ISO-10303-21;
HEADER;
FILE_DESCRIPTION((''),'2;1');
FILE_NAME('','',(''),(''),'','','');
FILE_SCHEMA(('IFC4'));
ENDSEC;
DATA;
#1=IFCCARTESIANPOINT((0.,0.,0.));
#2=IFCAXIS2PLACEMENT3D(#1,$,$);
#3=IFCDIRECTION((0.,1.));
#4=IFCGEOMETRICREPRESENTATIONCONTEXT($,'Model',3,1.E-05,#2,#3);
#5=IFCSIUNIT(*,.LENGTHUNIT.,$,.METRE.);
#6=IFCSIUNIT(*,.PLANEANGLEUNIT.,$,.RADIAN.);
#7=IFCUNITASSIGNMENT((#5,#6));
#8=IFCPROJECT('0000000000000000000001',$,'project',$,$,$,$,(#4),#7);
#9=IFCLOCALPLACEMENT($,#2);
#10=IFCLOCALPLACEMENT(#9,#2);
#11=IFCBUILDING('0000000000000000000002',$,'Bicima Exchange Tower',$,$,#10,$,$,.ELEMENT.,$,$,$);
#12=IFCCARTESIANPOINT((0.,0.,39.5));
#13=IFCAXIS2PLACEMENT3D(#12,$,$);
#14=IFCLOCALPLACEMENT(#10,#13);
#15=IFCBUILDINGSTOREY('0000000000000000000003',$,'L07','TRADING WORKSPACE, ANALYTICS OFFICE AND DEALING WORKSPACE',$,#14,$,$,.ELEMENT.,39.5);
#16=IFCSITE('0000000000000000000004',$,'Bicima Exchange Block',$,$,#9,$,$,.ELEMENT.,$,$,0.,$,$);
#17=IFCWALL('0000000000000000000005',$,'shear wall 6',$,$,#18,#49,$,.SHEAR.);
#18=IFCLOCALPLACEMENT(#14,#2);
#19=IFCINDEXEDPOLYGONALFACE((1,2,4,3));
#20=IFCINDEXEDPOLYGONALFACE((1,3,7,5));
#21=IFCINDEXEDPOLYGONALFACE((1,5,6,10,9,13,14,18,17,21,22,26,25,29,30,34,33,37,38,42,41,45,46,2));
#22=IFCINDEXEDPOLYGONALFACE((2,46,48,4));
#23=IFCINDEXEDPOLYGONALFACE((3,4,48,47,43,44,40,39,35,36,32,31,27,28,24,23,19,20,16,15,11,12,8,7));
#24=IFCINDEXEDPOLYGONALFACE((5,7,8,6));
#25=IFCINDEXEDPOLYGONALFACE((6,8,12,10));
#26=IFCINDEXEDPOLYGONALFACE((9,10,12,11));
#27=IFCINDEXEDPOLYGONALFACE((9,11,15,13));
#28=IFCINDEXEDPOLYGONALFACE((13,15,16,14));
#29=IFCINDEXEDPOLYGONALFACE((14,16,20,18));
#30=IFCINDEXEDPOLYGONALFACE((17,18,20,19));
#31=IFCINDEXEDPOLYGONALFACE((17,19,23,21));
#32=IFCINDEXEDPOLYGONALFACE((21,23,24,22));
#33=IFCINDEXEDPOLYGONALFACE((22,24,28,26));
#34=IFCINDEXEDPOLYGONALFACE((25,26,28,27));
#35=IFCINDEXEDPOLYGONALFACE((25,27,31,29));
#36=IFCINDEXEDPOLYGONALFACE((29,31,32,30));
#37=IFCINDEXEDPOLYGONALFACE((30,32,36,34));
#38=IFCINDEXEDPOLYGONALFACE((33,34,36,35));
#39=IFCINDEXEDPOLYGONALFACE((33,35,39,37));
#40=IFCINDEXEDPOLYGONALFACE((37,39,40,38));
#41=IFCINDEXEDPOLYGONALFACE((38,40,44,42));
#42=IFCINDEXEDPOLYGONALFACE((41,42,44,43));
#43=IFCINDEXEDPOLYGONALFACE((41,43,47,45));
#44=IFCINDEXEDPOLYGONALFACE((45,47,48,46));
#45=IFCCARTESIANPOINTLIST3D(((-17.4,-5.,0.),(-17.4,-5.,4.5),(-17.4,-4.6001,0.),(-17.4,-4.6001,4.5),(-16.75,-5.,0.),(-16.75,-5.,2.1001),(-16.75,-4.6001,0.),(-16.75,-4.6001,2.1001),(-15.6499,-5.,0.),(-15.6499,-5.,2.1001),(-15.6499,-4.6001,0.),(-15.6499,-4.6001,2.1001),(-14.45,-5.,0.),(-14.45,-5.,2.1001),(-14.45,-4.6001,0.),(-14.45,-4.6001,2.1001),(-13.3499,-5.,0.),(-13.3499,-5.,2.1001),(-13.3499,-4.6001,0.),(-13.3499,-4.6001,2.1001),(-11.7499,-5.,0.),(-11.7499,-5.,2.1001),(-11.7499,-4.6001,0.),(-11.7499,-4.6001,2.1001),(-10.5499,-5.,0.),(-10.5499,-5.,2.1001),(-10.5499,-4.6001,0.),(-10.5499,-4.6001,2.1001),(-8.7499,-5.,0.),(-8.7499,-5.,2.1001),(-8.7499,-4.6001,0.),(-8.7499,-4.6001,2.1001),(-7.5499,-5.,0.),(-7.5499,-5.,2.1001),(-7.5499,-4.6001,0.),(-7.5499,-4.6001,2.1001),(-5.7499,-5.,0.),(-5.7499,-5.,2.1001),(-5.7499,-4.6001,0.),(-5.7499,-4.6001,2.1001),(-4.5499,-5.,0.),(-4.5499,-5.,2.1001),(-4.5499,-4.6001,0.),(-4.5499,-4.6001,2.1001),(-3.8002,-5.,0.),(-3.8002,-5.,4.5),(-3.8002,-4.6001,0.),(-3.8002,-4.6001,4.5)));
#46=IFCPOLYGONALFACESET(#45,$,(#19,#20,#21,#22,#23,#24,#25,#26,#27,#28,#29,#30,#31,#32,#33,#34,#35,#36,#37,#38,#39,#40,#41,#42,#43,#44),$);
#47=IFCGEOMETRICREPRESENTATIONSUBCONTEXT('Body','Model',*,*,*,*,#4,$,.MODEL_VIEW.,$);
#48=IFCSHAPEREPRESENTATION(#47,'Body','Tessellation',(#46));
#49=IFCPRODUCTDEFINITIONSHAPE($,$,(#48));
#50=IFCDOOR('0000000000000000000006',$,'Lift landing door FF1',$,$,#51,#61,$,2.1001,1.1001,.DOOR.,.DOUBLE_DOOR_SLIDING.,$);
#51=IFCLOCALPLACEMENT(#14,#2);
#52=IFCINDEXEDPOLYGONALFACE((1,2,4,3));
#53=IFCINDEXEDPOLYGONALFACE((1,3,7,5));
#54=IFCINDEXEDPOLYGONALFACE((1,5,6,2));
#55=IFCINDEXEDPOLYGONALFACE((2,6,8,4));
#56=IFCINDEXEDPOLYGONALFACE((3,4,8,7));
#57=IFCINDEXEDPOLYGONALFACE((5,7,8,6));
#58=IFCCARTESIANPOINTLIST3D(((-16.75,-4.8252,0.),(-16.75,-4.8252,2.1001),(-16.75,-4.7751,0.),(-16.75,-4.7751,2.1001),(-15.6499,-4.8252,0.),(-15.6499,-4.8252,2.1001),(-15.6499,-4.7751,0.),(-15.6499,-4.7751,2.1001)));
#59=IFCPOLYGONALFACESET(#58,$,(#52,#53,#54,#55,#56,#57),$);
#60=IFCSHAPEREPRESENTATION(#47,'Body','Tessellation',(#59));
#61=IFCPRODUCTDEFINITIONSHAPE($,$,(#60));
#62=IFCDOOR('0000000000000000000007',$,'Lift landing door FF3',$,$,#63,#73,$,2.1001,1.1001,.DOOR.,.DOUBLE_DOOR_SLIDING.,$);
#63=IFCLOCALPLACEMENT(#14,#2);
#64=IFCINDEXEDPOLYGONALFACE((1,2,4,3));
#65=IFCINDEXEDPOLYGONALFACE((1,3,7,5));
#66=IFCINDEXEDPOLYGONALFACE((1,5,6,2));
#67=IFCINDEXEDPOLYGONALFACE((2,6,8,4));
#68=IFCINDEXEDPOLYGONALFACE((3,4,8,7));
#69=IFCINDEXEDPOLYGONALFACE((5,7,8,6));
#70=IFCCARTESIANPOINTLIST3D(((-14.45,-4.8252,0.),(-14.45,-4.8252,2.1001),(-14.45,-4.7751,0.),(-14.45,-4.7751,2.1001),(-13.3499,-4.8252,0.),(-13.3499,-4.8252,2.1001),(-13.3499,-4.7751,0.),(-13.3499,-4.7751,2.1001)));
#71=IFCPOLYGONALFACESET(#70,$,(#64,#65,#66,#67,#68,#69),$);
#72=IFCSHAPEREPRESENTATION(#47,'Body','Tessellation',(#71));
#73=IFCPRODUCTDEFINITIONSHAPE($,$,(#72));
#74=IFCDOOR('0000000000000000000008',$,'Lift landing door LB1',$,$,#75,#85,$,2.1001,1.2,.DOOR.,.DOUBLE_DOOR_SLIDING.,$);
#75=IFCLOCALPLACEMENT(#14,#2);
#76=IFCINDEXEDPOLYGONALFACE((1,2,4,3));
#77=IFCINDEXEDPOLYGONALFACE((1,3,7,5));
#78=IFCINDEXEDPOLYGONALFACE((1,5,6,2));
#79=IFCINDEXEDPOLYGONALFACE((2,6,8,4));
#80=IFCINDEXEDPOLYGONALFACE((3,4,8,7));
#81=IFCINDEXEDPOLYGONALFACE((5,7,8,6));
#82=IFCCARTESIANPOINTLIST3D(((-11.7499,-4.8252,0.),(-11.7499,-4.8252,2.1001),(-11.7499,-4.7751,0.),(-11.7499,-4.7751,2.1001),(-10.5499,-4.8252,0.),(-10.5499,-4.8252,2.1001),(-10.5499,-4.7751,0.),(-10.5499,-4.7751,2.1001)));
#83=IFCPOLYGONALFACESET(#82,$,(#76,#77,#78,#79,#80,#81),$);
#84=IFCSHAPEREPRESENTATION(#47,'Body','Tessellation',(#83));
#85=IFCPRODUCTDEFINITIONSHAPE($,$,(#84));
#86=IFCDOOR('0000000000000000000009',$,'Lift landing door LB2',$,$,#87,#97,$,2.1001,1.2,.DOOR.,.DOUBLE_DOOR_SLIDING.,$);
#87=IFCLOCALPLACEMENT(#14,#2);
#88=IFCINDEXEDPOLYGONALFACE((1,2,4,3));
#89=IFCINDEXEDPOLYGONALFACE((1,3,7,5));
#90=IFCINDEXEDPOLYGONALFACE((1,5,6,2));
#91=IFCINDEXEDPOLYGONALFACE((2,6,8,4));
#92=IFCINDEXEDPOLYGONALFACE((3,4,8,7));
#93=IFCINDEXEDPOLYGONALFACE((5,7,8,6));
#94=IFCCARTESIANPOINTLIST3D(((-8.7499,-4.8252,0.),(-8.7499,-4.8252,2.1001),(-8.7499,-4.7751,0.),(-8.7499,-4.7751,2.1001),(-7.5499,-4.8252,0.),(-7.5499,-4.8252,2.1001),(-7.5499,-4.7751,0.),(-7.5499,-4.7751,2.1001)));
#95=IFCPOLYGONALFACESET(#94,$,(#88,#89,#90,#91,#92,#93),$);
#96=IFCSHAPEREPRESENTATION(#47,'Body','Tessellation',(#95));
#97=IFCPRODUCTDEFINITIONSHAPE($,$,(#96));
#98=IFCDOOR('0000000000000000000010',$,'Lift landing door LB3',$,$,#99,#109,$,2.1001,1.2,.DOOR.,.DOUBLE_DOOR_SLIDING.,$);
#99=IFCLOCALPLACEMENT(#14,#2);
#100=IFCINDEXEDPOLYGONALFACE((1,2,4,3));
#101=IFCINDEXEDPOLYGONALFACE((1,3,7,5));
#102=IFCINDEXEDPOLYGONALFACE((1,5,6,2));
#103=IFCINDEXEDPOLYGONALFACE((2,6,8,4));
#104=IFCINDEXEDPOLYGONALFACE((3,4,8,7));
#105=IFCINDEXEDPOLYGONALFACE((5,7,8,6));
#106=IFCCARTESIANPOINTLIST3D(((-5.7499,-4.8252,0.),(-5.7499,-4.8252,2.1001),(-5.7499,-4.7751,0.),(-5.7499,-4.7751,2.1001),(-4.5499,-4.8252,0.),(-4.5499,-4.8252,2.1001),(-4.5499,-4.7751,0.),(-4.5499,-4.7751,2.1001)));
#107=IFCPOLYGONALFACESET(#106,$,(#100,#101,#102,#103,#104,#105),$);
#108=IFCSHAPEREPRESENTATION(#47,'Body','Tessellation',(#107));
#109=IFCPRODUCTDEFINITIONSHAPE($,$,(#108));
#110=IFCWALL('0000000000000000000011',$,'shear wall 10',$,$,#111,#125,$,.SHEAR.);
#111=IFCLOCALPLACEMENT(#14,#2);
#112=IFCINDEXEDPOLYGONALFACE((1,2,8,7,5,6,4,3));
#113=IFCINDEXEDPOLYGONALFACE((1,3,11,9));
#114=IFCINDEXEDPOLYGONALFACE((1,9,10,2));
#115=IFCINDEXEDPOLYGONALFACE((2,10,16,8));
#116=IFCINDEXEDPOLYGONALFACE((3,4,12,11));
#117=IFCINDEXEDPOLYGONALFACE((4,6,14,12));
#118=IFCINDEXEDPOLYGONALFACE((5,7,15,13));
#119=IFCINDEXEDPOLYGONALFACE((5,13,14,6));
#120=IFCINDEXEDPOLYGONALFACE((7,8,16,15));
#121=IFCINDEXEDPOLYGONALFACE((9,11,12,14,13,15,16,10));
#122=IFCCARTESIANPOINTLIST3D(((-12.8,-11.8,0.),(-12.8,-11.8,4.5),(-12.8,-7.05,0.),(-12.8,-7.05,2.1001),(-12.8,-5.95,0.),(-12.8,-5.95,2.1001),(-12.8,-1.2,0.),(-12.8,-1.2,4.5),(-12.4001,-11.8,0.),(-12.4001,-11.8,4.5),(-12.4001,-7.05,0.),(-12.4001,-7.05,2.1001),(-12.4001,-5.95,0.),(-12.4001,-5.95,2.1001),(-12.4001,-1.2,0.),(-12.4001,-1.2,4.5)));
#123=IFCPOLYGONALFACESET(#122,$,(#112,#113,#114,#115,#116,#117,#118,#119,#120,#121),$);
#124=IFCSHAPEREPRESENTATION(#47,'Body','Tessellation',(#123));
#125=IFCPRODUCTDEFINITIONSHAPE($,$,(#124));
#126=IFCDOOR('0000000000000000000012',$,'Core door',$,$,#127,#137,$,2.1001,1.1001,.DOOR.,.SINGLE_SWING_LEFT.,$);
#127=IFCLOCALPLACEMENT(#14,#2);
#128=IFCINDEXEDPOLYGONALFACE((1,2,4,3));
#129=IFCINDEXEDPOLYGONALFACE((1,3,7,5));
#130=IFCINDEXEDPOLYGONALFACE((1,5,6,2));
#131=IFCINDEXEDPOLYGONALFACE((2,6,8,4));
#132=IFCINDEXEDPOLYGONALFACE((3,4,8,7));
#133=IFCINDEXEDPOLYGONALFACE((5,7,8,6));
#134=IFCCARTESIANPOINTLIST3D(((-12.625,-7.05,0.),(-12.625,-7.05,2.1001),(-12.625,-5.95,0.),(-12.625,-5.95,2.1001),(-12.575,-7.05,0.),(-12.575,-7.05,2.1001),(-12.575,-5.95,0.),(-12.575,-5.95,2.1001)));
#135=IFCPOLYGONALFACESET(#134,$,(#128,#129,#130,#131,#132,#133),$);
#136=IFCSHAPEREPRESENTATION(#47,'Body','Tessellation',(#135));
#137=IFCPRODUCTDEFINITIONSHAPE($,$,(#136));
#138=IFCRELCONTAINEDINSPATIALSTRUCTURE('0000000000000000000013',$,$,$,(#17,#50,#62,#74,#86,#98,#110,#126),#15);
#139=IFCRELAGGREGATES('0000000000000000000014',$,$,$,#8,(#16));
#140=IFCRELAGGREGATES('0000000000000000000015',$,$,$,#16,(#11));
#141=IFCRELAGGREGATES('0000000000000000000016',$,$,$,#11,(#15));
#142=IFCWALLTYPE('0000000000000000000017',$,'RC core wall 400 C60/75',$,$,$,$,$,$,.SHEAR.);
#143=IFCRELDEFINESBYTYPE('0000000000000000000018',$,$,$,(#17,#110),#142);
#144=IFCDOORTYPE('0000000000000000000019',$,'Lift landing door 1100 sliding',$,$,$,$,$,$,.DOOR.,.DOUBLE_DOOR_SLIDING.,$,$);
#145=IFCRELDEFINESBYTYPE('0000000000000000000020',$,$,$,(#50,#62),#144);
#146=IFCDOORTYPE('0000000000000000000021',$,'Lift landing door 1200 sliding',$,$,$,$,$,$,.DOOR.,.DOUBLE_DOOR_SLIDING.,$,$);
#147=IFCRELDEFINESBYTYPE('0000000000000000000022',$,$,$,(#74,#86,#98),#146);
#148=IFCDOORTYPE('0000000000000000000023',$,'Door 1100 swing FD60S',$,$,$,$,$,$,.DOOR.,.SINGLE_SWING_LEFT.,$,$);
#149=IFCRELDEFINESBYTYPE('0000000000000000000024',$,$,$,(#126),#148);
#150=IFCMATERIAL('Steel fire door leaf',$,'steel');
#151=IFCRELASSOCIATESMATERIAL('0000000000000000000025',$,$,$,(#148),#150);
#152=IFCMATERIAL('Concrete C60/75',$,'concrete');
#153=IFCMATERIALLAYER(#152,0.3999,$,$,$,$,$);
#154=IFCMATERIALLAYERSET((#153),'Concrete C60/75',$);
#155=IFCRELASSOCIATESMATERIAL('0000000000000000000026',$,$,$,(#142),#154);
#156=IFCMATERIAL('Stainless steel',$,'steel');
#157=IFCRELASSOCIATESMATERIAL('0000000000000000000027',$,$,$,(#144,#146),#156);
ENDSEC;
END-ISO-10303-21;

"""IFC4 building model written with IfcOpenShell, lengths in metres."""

from ifc_helpers import new_model, si_unit, direction, frame, frame_2d, origin, place, context, subcontext, project, spatial, rectangle, extrude, material, layer, layer_set, type_object, element, fill, save


model = new_model("IFC4")

# Units and contexts
model_context = context("Model", 3, precision=1e-05, world=origin(), true_north=direction((0.0, 1.0)))
body_context = subcontext(model_context, "Body", "Model", "MODEL_VIEW")
ifc_project = project(units=[si_unit("LENGTHUNIT", "METRE"), si_unit("PLANEANGLEUNIT", "RADIAN")], contexts=[model_context])

# Site, building, storey
site_placement = place(None, origin())
site = spatial("IfcSite", under=ifc_project, at=site_placement, Name="Bicima Exchange Block", CompositionType="ELEMENT", RefElevation=0.0)
building_placement = place(site_placement, origin())
building = spatial("IfcBuilding", under=site, at=building_placement, Name="Bicima Exchange Tower", CompositionType="ELEMENT")
storey_placement = place(building_placement, frame((0.0, 0.0, 39.5)))
storey = spatial("IfcBuildingStorey", under=building, at=storey_placement, Name="L07", Description="TRADING WORKSPACE, ANALYTICS OFFICE AND DEALING WORKSPACE", CompositionType="ELEMENT", Elevation=39.5)

# Shared definitions
ifc_material_1 = material(Name="Concrete C60/75", Category="concrete")

# Shared definitions
ifc_material_2 = material(Name="Steel fire door leaf", Category="steel")

# Shared definitions
door_type_1 = type_object("IfcDoorType", Name="Door 1100 swing FD60S", OperationType="SINGLE_SWING_LEFT", PredefinedType="DOOR", material=ifc_material_2)

# Shared definitions
ifc_layer_1 = layer(ifc_material_1, 0.3999)
ifc_layer_set_1 = layer_set([ifc_layer_1], Name="Concrete C60/75")
wall_type_1 = type_object("IfcWallType", Name="RC core wall 400 C60/75", PredefinedType="SHEAR", material=ifc_layer_set_1)

# Wall, openings, doors
wall_1_placement = place(storey_placement, frame((-17.3999, -4.8, 0.0), z_axis=(0.0, 0.0, 1.0), x_axis=(1.0, 0.0, 0.0)))
wall_1 = element("IfcWall", 1, at=wall_1_placement, inside=storey, type_object=wall_type_1, Name="shear wall 6", PredefinedType="SHEAR", context=body_context, shape_type="SweptSolid", body=[
    extrude(rectangle(XDim=13.5999, YDim=0.3999, at=frame_2d((6.7998, 0.0))), origin(), (0.0, 0.0, 1.0), 4.5),
])
opening_1_placement = place(wall_1_placement, frame((0.6499, 0.0, 0.0)))
opening_1 = element("IfcOpeningElement", 2, at=opening_1_placement, cuts=wall_1, PredefinedType="OPENING", context=body_context, shape_type="SweptSolid", body=[
    extrude(rectangle(XDim=1.1001, YDim=2.1001, at=frame_2d((0.55, 1.05))), frame((0.0, 0.2119, 0.0), z_axis=(0.0, -1.0, 0.0), x_axis=(1.0, 0.0, 0.0)), (0.0, 0.0, 1.0), 0.4238),
])
opening_2_placement = place(wall_1_placement, frame((2.95, 0.0, 0.0)))
opening_2 = element("IfcOpeningElement", 3, at=opening_2_placement, cuts=wall_1, PredefinedType="OPENING", context=body_context, shape_type="SweptSolid", body=[
    extrude(rectangle(XDim=1.1001, YDim=2.1001, at=frame_2d((0.55, 1.05))), frame((0.0, 0.2119, 0.0), z_axis=(0.0, -1.0, 0.0), x_axis=(1.0, 0.0, 0.0)), (0.0, 0.0, 1.0), 0.4238),
])
opening_3_placement = place(wall_1_placement, frame((5.6499, 0.0, 0.0)))
opening_3 = element("IfcOpeningElement", 4, at=opening_3_placement, cuts=wall_1, PredefinedType="OPENING", context=body_context, shape_type="SweptSolid", body=[
    extrude(rectangle(XDim=1.2, YDim=2.1001, at=frame_2d((0.6001, 1.05))), frame((0.0, 0.2119, 0.0), z_axis=(0.0, -1.0, 0.0), x_axis=(1.0, 0.0, 0.0)), (0.0, 0.0, 1.0), 0.4238),
])
opening_4_placement = place(wall_1_placement, frame((8.6499, 0.0, 0.0)))
opening_4 = element("IfcOpeningElement", 5, at=opening_4_placement, cuts=wall_1, PredefinedType="OPENING", context=body_context, shape_type="SweptSolid", body=[
    extrude(rectangle(XDim=1.2, YDim=2.1001, at=frame_2d((0.6001, 1.05))), frame((0.0, 0.2119, 0.0), z_axis=(0.0, -1.0, 0.0), x_axis=(1.0, 0.0, 0.0)), (0.0, 0.0, 1.0), 0.4238),
])
opening_5_placement = place(wall_1_placement, frame((11.6499, 0.0, 0.0)))
opening_5 = element("IfcOpeningElement", 6, at=opening_5_placement, cuts=wall_1, PredefinedType="OPENING", context=body_context, shape_type="SweptSolid", body=[
    extrude(rectangle(XDim=1.2, YDim=2.1001, at=frame_2d((0.6001, 1.05))), frame((0.0, 0.2119, 0.0), z_axis=(0.0, -1.0, 0.0), x_axis=(1.0, 0.0, 0.0)), (0.0, 0.0, 1.0), 0.4238),
])
ifc_material_3 = material(Name="Stainless steel", Category="steel")
door_type_2 = type_object("IfcDoorType", Name="Lift landing door 1100 sliding", OperationType="DOUBLE_DOOR_SLIDING", PredefinedType="DOOR", material=ifc_material_3)
door_1_placement = place(opening_1_placement, origin())
door_1 = element("IfcDoor", 7, at=door_1_placement, inside=storey, type_object=door_type_2, Name="Lift landing door FF1", OperationType="DOUBLE_DOOR_SLIDING", OverallHeight=2.1001, OverallWidth=1.1001, PredefinedType="DOOR", context=body_context, shape_type="SweptSolid", body=[
    extrude(rectangle(XDim=1.1001, YDim=2.1001, at=frame_2d((0.55, 1.05))), frame((0.0, 0.0249, 0.0), z_axis=(0.0, -1.0, 0.0), x_axis=(1.0, 0.0, 0.0)), (0.0, 0.0, 1.0), 0.05),
])
fill(opening_1, door_1)
door_2_placement = place(opening_2_placement, origin())
door_2 = element("IfcDoor", 8, at=door_2_placement, inside=storey, type_object=door_type_2, Name="Lift landing door FF3", OperationType="DOUBLE_DOOR_SLIDING", OverallHeight=2.1001, OverallWidth=1.1001, PredefinedType="DOOR", context=body_context, shape_type="SweptSolid", body=[
    extrude(rectangle(XDim=1.1001, YDim=2.1001, at=frame_2d((0.55, 1.05))), frame((0.0, 0.0249, 0.0), z_axis=(0.0, -1.0, 0.0), x_axis=(1.0, 0.0, 0.0)), (0.0, 0.0, 1.0), 0.05),
])
fill(opening_2, door_2)
door_type_3 = type_object("IfcDoorType", Name="Lift landing door 1200 sliding", OperationType="DOUBLE_DOOR_SLIDING", PredefinedType="DOOR", material=ifc_material_3)
door_3_placement = place(opening_3_placement, origin())
door_3 = element("IfcDoor", 9, at=door_3_placement, inside=storey, type_object=door_type_3, Name="Lift landing door LB1", OperationType="DOUBLE_DOOR_SLIDING", OverallHeight=2.1001, OverallWidth=1.2, PredefinedType="DOOR", context=body_context, shape_type="SweptSolid", body=[
    extrude(rectangle(XDim=1.2, YDim=2.1001, at=frame_2d((0.6001, 1.05))), frame((0.0, 0.0249, 0.0), z_axis=(0.0, -1.0, 0.0), x_axis=(1.0, 0.0, 0.0)), (0.0, 0.0, 1.0), 0.05),
])
fill(opening_3, door_3)
door_4_placement = place(opening_4_placement, origin())
door_4 = element("IfcDoor", 10, at=door_4_placement, inside=storey, type_object=door_type_3, Name="Lift landing door LB2", OperationType="DOUBLE_DOOR_SLIDING", OverallHeight=2.1001, OverallWidth=1.2, PredefinedType="DOOR", context=body_context, shape_type="SweptSolid", body=[
    extrude(rectangle(XDim=1.2, YDim=2.1001, at=frame_2d((0.6001, 1.05))), frame((0.0, 0.0249, 0.0), z_axis=(0.0, -1.0, 0.0), x_axis=(1.0, 0.0, 0.0)), (0.0, 0.0, 1.0), 0.05),
])
fill(opening_4, door_4)
door_5_placement = place(opening_5_placement, origin())
door_5 = element("IfcDoor", 11, at=door_5_placement, inside=storey, type_object=door_type_3, Name="Lift landing door LB3", OperationType="DOUBLE_DOOR_SLIDING", OverallHeight=2.1001, OverallWidth=1.2, PredefinedType="DOOR", context=body_context, shape_type="SweptSolid", body=[
    extrude(rectangle(XDim=1.2, YDim=2.1001, at=frame_2d((0.6001, 1.05))), frame((0.0, 0.0249, 0.0), z_axis=(0.0, -1.0, 0.0), x_axis=(1.0, 0.0, 0.0)), (0.0, 0.0, 1.0), 0.05),
])
fill(opening_5, door_5)

# Wall, opening, door
wall_2_placement = place(storey_placement, frame((-12.6001, -11.8, 0.0), z_axis=(0.0, 0.0, 1.0), x_axis=(0.0, 1.0, 0.0)))
wall_2 = element("IfcWall", 12, at=wall_2_placement, inside=storey, type_object=wall_type_1, Name="shear wall 10", PredefinedType="SHEAR", context=body_context, shape_type="SweptSolid", body=[
    extrude(rectangle(XDim=10.6001, YDim=0.3999, at=frame_2d((5.3, 0.0))), origin(), (0.0, 0.0, 1.0), 4.5),
])
opening_6_placement = place(wall_2_placement, frame((4.75, 0.0, 0.0)))
opening_6 = element("IfcOpeningElement", 13, at=opening_6_placement, cuts=wall_2, PredefinedType="OPENING", context=body_context, shape_type="SweptSolid", body=[
    extrude(rectangle(XDim=1.1001, YDim=2.1001, at=frame_2d((0.55, 1.05))), frame((0.0, 0.2119, 0.0), z_axis=(0.0, -1.0, 0.0), x_axis=(1.0, 0.0, 0.0)), (0.0, 0.0, 1.0), 0.4238),
])
door_6_placement = place(opening_6_placement, origin())
door_6 = element("IfcDoor", 14, at=door_6_placement, inside=storey, type_object=door_type_1, Name="Core door", OperationType="SINGLE_SWING_LEFT", OverallHeight=2.1001, OverallWidth=1.1001, PredefinedType="DOOR", context=body_context, shape_type="SweptSolid", body=[
    extrude(rectangle(XDim=1.1001, YDim=2.1001, at=frame_2d((0.55, 1.05))), frame((0.0, 0.0249, 0.0), z_axis=(0.0, -1.0, 0.0), x_axis=(1.0, 0.0, 0.0)), (0.0, 0.0, 1.0), 0.05),
])
fill(opening_6, door_6)

save(model, "model.ifc")
